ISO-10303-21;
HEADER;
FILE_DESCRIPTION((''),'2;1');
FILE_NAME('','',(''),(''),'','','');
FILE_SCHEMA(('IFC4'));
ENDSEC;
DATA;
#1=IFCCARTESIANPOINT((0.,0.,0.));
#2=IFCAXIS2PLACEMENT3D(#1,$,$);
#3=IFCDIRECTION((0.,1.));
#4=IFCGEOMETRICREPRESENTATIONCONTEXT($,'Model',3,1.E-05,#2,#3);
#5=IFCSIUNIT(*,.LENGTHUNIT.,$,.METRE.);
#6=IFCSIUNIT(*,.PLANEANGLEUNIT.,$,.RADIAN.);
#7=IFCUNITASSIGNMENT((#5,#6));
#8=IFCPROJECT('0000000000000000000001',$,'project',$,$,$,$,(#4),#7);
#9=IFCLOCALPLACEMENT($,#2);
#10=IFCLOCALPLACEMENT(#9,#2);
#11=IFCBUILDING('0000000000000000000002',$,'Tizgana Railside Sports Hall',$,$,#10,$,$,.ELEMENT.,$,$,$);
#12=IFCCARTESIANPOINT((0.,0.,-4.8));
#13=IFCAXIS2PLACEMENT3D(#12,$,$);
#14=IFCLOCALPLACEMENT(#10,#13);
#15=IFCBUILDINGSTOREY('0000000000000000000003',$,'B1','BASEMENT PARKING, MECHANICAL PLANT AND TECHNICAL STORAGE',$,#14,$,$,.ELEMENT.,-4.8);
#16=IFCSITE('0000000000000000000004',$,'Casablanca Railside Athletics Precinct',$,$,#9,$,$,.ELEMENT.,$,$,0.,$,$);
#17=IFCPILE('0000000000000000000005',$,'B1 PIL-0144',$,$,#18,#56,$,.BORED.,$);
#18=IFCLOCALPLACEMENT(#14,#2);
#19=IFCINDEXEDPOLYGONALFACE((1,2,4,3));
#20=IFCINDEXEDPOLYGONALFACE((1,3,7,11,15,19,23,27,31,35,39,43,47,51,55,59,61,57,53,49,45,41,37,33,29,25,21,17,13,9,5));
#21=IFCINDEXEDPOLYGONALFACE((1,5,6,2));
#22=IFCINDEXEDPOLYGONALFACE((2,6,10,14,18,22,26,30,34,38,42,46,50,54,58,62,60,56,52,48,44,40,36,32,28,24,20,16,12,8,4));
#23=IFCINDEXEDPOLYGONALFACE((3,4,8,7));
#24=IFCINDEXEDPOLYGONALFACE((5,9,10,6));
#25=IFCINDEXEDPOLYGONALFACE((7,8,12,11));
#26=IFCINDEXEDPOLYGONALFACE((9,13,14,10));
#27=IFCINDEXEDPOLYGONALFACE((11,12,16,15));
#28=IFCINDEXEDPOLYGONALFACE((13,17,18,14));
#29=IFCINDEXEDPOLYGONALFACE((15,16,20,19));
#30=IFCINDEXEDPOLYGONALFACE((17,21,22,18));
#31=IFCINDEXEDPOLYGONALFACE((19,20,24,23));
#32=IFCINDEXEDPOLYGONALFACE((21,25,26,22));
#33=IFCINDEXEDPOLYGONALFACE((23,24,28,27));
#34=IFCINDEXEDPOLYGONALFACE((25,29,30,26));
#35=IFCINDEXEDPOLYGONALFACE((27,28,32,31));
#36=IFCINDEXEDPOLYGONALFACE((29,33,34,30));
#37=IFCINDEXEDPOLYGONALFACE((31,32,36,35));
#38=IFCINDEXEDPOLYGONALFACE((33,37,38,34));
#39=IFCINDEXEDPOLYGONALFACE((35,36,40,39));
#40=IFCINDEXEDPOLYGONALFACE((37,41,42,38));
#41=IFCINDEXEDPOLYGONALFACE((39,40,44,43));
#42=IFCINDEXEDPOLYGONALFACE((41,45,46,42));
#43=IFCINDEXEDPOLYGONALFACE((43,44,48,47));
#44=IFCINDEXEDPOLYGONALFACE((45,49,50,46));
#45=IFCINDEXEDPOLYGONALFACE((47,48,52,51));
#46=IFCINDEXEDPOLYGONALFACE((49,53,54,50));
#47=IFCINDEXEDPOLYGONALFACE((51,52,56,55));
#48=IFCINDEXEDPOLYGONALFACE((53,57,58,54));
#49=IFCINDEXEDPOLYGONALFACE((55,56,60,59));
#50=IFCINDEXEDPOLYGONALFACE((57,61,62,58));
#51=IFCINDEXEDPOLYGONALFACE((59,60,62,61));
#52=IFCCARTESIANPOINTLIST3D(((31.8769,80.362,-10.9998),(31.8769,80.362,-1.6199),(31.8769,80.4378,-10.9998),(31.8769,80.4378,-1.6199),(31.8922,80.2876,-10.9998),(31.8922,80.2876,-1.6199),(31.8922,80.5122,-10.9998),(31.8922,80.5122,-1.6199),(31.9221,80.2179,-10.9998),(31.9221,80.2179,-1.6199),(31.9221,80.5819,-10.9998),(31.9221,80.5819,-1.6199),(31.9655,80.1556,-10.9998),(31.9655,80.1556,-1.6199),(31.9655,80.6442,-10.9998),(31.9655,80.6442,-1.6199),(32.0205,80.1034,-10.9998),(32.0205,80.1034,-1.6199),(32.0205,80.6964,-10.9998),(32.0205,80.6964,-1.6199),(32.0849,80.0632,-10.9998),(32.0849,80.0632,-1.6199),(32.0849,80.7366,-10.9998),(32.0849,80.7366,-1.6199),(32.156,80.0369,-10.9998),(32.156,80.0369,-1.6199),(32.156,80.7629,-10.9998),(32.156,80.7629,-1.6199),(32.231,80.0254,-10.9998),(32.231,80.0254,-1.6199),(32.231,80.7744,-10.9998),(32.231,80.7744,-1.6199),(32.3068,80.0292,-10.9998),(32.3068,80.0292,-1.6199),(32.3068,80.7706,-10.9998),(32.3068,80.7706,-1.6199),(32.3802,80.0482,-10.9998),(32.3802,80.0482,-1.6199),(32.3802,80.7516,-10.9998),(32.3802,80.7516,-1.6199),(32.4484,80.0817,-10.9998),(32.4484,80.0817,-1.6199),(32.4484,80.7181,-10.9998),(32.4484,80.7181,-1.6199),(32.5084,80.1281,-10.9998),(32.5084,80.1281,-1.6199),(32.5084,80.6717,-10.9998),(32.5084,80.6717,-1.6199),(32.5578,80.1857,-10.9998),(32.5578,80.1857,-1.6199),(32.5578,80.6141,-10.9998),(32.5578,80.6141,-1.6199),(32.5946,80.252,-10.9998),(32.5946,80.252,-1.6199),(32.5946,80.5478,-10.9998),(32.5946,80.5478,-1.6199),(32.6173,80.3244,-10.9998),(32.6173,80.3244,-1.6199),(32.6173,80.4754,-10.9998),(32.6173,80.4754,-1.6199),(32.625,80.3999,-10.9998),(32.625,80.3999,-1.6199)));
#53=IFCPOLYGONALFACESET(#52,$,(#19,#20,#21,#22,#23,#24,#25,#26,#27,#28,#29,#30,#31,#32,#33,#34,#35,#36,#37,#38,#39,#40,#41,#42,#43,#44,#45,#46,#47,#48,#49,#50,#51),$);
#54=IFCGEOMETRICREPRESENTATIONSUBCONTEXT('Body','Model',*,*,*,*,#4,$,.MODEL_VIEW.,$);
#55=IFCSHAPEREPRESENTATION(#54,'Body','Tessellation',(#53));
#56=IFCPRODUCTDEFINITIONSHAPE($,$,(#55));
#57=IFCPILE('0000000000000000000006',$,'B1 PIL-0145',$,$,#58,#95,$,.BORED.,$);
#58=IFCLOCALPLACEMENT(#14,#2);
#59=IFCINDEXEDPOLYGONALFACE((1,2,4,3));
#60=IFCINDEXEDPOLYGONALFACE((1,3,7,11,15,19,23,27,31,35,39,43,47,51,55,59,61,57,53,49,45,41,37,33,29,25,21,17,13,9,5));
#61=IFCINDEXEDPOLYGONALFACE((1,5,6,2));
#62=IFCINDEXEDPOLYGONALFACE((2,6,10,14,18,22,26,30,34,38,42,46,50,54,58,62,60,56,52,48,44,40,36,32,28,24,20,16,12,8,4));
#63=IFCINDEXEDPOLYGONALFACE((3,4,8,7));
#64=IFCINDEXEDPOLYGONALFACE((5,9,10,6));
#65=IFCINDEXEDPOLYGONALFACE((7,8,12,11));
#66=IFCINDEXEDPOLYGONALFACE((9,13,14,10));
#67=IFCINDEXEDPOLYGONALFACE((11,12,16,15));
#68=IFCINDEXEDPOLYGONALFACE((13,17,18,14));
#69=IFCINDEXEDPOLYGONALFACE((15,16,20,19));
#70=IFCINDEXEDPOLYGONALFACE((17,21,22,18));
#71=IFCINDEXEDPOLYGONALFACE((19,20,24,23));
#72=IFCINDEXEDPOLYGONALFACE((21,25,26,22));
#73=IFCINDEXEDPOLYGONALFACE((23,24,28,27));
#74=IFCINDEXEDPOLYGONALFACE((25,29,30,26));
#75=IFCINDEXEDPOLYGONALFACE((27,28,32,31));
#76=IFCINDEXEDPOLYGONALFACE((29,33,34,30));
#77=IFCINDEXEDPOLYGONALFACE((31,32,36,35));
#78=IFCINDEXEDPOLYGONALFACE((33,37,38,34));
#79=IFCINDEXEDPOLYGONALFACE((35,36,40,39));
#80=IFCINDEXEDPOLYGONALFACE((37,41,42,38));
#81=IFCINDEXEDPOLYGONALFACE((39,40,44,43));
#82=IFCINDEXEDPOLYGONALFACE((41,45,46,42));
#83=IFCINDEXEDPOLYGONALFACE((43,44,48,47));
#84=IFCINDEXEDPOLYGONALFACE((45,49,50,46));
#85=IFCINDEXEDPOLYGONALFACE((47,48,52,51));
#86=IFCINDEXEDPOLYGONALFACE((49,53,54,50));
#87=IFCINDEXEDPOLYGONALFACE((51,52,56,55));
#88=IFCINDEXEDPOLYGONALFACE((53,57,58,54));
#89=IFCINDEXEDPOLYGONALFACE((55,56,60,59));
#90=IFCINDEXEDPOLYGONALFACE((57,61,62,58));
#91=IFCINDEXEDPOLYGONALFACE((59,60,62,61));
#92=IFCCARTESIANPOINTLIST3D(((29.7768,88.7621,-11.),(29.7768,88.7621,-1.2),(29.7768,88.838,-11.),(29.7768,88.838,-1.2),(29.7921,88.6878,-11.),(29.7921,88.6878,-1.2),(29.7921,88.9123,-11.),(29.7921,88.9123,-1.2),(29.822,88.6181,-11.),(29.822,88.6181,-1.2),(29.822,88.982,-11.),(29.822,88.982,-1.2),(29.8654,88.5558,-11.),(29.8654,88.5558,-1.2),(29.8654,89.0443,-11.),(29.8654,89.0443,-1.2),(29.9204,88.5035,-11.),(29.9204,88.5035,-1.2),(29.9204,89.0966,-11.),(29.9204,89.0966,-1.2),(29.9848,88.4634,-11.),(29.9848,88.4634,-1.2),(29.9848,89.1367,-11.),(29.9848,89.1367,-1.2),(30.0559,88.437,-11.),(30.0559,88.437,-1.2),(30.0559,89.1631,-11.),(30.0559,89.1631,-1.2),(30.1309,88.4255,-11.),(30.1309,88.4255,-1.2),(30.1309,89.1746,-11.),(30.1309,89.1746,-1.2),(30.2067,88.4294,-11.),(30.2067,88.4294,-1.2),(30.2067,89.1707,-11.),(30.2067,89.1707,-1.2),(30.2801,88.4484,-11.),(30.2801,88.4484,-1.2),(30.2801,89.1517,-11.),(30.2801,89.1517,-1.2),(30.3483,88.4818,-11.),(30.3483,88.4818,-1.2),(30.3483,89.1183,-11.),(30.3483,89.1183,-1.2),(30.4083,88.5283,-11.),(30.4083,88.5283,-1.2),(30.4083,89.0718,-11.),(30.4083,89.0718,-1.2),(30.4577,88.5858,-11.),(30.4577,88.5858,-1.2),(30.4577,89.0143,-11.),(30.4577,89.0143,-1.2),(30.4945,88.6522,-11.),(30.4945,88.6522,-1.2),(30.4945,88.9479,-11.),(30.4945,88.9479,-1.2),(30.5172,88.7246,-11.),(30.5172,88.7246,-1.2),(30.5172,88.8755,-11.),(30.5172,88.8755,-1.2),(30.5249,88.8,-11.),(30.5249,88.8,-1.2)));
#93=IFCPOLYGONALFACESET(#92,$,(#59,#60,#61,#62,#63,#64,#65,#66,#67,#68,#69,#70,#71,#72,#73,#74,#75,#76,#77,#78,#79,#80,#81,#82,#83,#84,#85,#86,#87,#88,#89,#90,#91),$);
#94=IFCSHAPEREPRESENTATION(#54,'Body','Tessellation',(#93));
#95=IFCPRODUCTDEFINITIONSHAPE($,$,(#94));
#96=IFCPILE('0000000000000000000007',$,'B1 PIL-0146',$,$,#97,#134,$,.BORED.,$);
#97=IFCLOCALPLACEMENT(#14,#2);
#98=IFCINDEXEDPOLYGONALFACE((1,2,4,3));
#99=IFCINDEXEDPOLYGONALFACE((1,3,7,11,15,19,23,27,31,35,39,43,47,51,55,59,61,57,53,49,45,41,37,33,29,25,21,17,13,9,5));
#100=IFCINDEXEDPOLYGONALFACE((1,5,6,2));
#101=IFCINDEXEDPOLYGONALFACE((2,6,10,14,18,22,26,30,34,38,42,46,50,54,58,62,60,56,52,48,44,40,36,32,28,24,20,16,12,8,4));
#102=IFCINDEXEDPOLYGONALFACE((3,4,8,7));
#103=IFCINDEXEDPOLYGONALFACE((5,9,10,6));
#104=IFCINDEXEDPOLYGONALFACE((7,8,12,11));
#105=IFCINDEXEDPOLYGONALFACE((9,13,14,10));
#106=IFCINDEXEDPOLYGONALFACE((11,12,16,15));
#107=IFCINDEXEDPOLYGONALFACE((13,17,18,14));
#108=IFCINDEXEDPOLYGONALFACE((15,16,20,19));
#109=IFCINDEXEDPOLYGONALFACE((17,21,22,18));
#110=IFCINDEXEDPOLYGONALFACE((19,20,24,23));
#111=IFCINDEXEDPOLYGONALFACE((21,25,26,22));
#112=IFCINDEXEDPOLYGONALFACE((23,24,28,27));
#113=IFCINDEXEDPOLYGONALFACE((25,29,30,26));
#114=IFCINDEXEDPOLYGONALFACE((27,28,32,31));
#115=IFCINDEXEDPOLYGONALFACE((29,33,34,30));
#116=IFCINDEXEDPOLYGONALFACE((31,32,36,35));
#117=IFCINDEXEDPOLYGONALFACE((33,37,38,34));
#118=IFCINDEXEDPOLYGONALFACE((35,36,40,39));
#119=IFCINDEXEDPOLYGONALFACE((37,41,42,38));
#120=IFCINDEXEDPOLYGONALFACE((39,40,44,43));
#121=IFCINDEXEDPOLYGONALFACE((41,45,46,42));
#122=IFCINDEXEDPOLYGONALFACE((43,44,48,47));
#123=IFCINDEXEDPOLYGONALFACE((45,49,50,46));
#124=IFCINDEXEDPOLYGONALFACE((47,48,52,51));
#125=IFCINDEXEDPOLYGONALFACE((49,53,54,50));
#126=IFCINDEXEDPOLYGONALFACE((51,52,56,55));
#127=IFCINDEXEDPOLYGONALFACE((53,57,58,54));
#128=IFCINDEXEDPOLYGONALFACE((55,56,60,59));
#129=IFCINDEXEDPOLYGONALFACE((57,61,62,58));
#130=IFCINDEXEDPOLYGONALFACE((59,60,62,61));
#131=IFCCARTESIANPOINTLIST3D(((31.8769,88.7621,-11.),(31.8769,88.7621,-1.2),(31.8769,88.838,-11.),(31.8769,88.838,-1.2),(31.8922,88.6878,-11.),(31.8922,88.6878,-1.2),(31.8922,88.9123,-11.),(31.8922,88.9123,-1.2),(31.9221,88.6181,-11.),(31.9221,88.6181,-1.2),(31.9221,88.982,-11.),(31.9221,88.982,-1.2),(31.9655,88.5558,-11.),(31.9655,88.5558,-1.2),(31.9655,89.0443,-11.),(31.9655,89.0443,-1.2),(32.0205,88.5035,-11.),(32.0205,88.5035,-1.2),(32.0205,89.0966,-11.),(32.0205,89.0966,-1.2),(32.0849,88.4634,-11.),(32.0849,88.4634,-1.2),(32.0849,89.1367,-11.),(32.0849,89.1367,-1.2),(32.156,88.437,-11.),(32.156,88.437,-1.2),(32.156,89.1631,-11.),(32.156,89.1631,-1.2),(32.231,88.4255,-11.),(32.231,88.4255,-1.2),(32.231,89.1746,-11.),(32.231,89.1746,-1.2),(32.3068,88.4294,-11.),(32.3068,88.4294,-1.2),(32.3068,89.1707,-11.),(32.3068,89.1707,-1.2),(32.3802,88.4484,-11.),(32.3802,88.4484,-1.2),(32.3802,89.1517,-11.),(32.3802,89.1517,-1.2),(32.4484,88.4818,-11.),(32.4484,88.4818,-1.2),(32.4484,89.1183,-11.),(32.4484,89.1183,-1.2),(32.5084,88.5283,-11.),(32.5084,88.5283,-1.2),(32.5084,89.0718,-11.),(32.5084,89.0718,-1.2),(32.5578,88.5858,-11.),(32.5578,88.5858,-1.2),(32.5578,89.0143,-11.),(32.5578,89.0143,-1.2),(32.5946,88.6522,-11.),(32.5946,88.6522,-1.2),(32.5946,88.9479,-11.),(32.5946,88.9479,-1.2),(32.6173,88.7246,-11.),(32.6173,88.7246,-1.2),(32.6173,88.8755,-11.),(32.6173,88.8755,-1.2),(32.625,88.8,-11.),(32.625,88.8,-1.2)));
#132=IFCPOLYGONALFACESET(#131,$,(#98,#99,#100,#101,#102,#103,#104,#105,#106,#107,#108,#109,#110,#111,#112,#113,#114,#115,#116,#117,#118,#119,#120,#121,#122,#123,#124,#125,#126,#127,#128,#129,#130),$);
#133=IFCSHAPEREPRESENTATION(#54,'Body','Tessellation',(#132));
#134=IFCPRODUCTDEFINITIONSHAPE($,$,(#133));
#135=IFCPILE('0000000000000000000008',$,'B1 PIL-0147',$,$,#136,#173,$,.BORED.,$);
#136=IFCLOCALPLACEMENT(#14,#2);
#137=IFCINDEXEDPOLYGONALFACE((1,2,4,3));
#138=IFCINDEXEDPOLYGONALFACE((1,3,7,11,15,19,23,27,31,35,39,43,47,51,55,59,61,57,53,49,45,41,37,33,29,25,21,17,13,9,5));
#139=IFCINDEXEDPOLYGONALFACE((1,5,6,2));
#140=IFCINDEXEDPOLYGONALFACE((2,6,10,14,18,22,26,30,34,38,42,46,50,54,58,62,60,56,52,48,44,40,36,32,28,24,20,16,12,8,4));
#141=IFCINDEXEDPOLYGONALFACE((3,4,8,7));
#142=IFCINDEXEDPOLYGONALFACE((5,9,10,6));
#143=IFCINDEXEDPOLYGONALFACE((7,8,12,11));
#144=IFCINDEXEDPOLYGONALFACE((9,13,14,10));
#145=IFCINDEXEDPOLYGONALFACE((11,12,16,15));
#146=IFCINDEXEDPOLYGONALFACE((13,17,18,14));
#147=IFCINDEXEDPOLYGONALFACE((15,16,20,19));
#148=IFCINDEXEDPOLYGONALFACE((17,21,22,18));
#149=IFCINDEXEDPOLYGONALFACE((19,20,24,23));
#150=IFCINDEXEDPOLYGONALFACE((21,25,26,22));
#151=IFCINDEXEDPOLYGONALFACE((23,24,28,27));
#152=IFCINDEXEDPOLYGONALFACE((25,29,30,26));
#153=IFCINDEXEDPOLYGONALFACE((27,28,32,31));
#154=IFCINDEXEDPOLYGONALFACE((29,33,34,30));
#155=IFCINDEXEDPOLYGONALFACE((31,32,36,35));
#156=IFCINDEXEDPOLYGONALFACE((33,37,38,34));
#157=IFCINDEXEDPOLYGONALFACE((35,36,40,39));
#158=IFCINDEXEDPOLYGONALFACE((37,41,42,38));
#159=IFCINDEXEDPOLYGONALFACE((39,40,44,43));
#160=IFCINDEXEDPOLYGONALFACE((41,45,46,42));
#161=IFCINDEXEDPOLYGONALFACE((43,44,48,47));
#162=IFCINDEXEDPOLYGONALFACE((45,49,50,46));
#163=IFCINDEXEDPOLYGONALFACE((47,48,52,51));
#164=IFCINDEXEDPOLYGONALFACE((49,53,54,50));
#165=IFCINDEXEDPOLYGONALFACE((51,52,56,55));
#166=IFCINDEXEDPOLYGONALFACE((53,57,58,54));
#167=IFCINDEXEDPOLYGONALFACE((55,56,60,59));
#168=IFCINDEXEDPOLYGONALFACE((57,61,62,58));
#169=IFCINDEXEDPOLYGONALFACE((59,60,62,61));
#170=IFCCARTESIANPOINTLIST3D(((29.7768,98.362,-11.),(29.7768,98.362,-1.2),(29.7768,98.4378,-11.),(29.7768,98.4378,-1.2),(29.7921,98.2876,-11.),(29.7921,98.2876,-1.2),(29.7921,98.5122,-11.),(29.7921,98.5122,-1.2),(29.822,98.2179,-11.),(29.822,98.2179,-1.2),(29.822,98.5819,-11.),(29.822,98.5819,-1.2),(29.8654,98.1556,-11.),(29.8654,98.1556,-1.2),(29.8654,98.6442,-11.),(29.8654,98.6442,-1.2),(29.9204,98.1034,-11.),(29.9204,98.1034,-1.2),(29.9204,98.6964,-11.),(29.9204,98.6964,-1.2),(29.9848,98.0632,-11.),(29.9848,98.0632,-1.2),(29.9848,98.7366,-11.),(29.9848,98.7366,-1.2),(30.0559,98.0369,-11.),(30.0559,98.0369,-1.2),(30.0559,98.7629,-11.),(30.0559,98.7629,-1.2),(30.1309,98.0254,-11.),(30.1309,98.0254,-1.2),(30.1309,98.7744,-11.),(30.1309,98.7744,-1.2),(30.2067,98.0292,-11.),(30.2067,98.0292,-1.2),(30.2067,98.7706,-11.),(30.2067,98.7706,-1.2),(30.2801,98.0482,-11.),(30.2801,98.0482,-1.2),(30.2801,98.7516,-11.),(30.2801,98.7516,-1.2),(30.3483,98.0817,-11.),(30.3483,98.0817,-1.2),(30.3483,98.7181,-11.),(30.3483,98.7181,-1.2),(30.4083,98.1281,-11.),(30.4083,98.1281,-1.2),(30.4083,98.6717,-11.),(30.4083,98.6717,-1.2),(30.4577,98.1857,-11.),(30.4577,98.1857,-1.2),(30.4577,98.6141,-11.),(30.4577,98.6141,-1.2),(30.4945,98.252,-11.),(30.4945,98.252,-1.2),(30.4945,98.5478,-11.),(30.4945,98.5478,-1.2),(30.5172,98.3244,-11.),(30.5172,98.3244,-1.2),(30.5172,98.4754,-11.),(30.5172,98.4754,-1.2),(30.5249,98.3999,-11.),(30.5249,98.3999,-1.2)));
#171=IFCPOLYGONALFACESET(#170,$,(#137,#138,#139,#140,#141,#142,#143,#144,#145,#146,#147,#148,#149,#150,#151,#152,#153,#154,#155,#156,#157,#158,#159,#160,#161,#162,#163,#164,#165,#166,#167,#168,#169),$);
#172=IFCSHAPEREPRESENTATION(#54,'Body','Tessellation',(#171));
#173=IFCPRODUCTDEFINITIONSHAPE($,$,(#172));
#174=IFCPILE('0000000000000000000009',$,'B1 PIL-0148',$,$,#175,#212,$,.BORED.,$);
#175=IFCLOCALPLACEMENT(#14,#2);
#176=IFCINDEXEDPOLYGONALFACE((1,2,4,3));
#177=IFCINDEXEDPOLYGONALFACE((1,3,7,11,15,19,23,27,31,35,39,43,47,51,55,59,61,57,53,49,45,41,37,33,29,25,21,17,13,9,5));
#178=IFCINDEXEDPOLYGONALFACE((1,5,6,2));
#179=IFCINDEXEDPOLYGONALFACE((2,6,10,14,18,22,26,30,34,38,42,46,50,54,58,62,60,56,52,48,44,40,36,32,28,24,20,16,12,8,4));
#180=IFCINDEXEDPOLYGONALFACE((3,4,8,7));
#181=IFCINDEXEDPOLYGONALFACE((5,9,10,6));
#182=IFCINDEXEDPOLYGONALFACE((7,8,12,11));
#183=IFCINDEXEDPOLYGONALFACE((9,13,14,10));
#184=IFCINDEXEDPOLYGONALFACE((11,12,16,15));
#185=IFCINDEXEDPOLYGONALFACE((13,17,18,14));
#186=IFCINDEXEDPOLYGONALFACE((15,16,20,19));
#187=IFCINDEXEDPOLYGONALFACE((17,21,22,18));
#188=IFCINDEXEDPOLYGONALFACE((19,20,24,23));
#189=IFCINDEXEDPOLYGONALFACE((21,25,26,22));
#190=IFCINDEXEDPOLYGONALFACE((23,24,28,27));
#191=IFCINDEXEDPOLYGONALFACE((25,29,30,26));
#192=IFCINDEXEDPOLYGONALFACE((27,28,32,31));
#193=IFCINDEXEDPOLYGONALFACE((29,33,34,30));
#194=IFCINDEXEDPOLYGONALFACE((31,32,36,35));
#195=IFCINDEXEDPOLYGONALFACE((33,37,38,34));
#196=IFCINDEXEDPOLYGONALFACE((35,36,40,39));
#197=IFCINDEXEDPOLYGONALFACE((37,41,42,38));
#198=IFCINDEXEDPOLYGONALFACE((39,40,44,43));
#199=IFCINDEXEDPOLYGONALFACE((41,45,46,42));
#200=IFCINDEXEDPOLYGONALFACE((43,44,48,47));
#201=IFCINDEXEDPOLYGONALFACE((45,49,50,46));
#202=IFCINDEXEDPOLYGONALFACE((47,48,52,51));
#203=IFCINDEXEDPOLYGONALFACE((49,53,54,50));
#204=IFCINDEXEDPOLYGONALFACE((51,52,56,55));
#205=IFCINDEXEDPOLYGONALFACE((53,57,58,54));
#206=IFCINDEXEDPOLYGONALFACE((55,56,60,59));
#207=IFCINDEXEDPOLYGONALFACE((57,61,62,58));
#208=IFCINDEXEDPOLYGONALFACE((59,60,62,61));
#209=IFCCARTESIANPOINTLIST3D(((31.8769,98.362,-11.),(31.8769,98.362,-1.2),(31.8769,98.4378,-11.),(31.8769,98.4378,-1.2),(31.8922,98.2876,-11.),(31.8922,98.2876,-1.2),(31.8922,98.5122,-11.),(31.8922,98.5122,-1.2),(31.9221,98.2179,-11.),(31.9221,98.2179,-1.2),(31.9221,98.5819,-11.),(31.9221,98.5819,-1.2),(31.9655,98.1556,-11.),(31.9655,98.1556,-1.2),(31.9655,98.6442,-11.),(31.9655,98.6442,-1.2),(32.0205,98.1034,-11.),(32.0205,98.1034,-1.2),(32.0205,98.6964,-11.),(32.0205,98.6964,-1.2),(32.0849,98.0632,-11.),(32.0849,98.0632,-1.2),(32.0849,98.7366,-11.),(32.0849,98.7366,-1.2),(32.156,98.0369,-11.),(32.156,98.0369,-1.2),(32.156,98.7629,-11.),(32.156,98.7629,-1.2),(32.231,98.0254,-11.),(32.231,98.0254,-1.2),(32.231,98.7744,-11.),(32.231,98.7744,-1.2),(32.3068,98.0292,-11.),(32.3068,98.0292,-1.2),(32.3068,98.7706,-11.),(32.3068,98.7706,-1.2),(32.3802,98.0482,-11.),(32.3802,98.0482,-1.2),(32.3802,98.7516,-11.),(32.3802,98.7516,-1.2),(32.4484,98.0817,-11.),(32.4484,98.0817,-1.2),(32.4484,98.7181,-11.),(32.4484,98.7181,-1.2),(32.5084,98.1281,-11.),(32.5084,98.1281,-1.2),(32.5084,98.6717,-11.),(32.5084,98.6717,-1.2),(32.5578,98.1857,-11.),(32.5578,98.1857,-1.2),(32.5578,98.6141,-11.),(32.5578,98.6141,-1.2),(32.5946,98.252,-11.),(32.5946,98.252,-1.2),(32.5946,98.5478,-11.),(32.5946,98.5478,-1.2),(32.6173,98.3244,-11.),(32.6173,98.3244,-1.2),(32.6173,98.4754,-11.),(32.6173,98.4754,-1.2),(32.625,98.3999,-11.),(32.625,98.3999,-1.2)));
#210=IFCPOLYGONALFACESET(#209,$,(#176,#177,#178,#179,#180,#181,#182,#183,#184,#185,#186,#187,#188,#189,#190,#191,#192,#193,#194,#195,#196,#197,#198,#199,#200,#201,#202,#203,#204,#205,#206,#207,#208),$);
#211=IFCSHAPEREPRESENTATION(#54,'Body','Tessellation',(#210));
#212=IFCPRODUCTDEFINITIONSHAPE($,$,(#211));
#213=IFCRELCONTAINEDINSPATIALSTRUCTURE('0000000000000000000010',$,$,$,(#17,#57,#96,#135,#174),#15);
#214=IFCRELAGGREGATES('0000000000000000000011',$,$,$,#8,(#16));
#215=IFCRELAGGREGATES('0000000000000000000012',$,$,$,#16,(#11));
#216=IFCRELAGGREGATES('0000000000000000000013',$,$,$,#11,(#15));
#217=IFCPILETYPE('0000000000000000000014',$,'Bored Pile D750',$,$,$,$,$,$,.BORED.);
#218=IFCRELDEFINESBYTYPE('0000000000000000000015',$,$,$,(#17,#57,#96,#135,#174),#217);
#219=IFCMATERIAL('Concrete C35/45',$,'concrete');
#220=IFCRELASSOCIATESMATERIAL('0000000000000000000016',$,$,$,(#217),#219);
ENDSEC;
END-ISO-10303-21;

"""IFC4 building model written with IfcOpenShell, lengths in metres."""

from ifc_helpers import new_model, si_unit, direction, frame, origin, origin_2d, place, context, subcontext, project, spatial, circle, extrude, material, material_profile, profile_set, type_object, element, save


model = new_model("IFC4")

# Units and contexts
model_context = context("Model", 3, precision=1e-05, world=origin(), true_north=direction((0.0, 1.0)))
body_context = subcontext(model_context, "Body", "Model", "MODEL_VIEW")
ifc_project = project(units=[si_unit("LENGTHUNIT", "METRE"), si_unit("PLANEANGLEUNIT", "RADIAN")], contexts=[model_context])

# Site, building, storey
site_placement = place(None, origin())
site = spatial("IfcSite", under=ifc_project, at=site_placement, Name="Casablanca Railside Athletics Precinct", CompositionType="ELEMENT", RefElevation=0.0)
building_placement = place(site_placement, origin())
building = spatial("IfcBuilding", under=site, at=building_placement, Name="Tizgana Railside Sports Hall", CompositionType="ELEMENT")
storey_placement = place(building_placement, frame((0.0, 0.0, -4.8)))
storey = spatial("IfcBuildingStorey", under=building, at=storey_placement, Name="B1", Description="BASEMENT PARKING, MECHANICAL PLANT AND TECHNICAL STORAGE", CompositionType="ELEMENT", Elevation=-4.8)

# Piles
ifc_material_1 = material(Name="Concrete C35/45", Category="concrete")
ifc_material_profile_1 = material_profile(ifc_material_1, circle(Radius=0.375, at=origin_2d()), Name="PILE D750")
ifc_profile_set_1 = profile_set([ifc_material_profile_1], Name="Concrete C35/45")
pile_type = type_object("IfcPileType", Name="Bored Pile D750", PredefinedType="BORED", material=ifc_profile_set_1)
pile_placement = place(storey_placement, frame((32.25, 80.3999, -1.6199), z_axis=(0.0, 0.0, -1.0), x_axis=(1.0, 0.0, 0.0)))
element("IfcPile", 1, at=pile_placement, inside=storey, type_object=pile_type, Name="B1 PIL-0144", PredefinedType="BORED", context=body_context, shape_type="SweptSolid", body=[
    extrude(circle(Radius=0.375, at=origin_2d()), origin(), (0.0, 0.0, 1.0), 9.3799),
])
for number, where, z_axis, x_axis, name in (
    (2, (30.1499, 88.8, -1.2), (0.0, 0.0, -1.0), (1.0, 0.0, 0.0), "B1 PIL-0145"),
    (3, (32.25, 88.8, -1.2), (0.0, 0.0, -1.0), (1.0, 0.0, 0.0), "B1 PIL-0146"),
    (4, (30.1499, 98.3999, -1.2), (0.0, 0.0, -1.0), (1.0, 0.0, 0.0), "B1 PIL-0147"),
    (5, (32.25, 98.3999, -1.2), (0.0, 0.0, -1.0), (1.0, 0.0, 0.0), "B1 PIL-0148"),
):
    element("IfcPile", number, at=place(storey_placement, frame(where, z_axis=z_axis, x_axis=x_axis)), inside=storey, type_object=pile_type, Name=name, PredefinedType="BORED", context=body_context, shape_type="SweptSolid", body=[
        extrude(circle(Radius=0.375, at=origin_2d()), origin(), (0.0, 0.0, 1.0), 9.8),
    ])

save(model, "model.ifc")
